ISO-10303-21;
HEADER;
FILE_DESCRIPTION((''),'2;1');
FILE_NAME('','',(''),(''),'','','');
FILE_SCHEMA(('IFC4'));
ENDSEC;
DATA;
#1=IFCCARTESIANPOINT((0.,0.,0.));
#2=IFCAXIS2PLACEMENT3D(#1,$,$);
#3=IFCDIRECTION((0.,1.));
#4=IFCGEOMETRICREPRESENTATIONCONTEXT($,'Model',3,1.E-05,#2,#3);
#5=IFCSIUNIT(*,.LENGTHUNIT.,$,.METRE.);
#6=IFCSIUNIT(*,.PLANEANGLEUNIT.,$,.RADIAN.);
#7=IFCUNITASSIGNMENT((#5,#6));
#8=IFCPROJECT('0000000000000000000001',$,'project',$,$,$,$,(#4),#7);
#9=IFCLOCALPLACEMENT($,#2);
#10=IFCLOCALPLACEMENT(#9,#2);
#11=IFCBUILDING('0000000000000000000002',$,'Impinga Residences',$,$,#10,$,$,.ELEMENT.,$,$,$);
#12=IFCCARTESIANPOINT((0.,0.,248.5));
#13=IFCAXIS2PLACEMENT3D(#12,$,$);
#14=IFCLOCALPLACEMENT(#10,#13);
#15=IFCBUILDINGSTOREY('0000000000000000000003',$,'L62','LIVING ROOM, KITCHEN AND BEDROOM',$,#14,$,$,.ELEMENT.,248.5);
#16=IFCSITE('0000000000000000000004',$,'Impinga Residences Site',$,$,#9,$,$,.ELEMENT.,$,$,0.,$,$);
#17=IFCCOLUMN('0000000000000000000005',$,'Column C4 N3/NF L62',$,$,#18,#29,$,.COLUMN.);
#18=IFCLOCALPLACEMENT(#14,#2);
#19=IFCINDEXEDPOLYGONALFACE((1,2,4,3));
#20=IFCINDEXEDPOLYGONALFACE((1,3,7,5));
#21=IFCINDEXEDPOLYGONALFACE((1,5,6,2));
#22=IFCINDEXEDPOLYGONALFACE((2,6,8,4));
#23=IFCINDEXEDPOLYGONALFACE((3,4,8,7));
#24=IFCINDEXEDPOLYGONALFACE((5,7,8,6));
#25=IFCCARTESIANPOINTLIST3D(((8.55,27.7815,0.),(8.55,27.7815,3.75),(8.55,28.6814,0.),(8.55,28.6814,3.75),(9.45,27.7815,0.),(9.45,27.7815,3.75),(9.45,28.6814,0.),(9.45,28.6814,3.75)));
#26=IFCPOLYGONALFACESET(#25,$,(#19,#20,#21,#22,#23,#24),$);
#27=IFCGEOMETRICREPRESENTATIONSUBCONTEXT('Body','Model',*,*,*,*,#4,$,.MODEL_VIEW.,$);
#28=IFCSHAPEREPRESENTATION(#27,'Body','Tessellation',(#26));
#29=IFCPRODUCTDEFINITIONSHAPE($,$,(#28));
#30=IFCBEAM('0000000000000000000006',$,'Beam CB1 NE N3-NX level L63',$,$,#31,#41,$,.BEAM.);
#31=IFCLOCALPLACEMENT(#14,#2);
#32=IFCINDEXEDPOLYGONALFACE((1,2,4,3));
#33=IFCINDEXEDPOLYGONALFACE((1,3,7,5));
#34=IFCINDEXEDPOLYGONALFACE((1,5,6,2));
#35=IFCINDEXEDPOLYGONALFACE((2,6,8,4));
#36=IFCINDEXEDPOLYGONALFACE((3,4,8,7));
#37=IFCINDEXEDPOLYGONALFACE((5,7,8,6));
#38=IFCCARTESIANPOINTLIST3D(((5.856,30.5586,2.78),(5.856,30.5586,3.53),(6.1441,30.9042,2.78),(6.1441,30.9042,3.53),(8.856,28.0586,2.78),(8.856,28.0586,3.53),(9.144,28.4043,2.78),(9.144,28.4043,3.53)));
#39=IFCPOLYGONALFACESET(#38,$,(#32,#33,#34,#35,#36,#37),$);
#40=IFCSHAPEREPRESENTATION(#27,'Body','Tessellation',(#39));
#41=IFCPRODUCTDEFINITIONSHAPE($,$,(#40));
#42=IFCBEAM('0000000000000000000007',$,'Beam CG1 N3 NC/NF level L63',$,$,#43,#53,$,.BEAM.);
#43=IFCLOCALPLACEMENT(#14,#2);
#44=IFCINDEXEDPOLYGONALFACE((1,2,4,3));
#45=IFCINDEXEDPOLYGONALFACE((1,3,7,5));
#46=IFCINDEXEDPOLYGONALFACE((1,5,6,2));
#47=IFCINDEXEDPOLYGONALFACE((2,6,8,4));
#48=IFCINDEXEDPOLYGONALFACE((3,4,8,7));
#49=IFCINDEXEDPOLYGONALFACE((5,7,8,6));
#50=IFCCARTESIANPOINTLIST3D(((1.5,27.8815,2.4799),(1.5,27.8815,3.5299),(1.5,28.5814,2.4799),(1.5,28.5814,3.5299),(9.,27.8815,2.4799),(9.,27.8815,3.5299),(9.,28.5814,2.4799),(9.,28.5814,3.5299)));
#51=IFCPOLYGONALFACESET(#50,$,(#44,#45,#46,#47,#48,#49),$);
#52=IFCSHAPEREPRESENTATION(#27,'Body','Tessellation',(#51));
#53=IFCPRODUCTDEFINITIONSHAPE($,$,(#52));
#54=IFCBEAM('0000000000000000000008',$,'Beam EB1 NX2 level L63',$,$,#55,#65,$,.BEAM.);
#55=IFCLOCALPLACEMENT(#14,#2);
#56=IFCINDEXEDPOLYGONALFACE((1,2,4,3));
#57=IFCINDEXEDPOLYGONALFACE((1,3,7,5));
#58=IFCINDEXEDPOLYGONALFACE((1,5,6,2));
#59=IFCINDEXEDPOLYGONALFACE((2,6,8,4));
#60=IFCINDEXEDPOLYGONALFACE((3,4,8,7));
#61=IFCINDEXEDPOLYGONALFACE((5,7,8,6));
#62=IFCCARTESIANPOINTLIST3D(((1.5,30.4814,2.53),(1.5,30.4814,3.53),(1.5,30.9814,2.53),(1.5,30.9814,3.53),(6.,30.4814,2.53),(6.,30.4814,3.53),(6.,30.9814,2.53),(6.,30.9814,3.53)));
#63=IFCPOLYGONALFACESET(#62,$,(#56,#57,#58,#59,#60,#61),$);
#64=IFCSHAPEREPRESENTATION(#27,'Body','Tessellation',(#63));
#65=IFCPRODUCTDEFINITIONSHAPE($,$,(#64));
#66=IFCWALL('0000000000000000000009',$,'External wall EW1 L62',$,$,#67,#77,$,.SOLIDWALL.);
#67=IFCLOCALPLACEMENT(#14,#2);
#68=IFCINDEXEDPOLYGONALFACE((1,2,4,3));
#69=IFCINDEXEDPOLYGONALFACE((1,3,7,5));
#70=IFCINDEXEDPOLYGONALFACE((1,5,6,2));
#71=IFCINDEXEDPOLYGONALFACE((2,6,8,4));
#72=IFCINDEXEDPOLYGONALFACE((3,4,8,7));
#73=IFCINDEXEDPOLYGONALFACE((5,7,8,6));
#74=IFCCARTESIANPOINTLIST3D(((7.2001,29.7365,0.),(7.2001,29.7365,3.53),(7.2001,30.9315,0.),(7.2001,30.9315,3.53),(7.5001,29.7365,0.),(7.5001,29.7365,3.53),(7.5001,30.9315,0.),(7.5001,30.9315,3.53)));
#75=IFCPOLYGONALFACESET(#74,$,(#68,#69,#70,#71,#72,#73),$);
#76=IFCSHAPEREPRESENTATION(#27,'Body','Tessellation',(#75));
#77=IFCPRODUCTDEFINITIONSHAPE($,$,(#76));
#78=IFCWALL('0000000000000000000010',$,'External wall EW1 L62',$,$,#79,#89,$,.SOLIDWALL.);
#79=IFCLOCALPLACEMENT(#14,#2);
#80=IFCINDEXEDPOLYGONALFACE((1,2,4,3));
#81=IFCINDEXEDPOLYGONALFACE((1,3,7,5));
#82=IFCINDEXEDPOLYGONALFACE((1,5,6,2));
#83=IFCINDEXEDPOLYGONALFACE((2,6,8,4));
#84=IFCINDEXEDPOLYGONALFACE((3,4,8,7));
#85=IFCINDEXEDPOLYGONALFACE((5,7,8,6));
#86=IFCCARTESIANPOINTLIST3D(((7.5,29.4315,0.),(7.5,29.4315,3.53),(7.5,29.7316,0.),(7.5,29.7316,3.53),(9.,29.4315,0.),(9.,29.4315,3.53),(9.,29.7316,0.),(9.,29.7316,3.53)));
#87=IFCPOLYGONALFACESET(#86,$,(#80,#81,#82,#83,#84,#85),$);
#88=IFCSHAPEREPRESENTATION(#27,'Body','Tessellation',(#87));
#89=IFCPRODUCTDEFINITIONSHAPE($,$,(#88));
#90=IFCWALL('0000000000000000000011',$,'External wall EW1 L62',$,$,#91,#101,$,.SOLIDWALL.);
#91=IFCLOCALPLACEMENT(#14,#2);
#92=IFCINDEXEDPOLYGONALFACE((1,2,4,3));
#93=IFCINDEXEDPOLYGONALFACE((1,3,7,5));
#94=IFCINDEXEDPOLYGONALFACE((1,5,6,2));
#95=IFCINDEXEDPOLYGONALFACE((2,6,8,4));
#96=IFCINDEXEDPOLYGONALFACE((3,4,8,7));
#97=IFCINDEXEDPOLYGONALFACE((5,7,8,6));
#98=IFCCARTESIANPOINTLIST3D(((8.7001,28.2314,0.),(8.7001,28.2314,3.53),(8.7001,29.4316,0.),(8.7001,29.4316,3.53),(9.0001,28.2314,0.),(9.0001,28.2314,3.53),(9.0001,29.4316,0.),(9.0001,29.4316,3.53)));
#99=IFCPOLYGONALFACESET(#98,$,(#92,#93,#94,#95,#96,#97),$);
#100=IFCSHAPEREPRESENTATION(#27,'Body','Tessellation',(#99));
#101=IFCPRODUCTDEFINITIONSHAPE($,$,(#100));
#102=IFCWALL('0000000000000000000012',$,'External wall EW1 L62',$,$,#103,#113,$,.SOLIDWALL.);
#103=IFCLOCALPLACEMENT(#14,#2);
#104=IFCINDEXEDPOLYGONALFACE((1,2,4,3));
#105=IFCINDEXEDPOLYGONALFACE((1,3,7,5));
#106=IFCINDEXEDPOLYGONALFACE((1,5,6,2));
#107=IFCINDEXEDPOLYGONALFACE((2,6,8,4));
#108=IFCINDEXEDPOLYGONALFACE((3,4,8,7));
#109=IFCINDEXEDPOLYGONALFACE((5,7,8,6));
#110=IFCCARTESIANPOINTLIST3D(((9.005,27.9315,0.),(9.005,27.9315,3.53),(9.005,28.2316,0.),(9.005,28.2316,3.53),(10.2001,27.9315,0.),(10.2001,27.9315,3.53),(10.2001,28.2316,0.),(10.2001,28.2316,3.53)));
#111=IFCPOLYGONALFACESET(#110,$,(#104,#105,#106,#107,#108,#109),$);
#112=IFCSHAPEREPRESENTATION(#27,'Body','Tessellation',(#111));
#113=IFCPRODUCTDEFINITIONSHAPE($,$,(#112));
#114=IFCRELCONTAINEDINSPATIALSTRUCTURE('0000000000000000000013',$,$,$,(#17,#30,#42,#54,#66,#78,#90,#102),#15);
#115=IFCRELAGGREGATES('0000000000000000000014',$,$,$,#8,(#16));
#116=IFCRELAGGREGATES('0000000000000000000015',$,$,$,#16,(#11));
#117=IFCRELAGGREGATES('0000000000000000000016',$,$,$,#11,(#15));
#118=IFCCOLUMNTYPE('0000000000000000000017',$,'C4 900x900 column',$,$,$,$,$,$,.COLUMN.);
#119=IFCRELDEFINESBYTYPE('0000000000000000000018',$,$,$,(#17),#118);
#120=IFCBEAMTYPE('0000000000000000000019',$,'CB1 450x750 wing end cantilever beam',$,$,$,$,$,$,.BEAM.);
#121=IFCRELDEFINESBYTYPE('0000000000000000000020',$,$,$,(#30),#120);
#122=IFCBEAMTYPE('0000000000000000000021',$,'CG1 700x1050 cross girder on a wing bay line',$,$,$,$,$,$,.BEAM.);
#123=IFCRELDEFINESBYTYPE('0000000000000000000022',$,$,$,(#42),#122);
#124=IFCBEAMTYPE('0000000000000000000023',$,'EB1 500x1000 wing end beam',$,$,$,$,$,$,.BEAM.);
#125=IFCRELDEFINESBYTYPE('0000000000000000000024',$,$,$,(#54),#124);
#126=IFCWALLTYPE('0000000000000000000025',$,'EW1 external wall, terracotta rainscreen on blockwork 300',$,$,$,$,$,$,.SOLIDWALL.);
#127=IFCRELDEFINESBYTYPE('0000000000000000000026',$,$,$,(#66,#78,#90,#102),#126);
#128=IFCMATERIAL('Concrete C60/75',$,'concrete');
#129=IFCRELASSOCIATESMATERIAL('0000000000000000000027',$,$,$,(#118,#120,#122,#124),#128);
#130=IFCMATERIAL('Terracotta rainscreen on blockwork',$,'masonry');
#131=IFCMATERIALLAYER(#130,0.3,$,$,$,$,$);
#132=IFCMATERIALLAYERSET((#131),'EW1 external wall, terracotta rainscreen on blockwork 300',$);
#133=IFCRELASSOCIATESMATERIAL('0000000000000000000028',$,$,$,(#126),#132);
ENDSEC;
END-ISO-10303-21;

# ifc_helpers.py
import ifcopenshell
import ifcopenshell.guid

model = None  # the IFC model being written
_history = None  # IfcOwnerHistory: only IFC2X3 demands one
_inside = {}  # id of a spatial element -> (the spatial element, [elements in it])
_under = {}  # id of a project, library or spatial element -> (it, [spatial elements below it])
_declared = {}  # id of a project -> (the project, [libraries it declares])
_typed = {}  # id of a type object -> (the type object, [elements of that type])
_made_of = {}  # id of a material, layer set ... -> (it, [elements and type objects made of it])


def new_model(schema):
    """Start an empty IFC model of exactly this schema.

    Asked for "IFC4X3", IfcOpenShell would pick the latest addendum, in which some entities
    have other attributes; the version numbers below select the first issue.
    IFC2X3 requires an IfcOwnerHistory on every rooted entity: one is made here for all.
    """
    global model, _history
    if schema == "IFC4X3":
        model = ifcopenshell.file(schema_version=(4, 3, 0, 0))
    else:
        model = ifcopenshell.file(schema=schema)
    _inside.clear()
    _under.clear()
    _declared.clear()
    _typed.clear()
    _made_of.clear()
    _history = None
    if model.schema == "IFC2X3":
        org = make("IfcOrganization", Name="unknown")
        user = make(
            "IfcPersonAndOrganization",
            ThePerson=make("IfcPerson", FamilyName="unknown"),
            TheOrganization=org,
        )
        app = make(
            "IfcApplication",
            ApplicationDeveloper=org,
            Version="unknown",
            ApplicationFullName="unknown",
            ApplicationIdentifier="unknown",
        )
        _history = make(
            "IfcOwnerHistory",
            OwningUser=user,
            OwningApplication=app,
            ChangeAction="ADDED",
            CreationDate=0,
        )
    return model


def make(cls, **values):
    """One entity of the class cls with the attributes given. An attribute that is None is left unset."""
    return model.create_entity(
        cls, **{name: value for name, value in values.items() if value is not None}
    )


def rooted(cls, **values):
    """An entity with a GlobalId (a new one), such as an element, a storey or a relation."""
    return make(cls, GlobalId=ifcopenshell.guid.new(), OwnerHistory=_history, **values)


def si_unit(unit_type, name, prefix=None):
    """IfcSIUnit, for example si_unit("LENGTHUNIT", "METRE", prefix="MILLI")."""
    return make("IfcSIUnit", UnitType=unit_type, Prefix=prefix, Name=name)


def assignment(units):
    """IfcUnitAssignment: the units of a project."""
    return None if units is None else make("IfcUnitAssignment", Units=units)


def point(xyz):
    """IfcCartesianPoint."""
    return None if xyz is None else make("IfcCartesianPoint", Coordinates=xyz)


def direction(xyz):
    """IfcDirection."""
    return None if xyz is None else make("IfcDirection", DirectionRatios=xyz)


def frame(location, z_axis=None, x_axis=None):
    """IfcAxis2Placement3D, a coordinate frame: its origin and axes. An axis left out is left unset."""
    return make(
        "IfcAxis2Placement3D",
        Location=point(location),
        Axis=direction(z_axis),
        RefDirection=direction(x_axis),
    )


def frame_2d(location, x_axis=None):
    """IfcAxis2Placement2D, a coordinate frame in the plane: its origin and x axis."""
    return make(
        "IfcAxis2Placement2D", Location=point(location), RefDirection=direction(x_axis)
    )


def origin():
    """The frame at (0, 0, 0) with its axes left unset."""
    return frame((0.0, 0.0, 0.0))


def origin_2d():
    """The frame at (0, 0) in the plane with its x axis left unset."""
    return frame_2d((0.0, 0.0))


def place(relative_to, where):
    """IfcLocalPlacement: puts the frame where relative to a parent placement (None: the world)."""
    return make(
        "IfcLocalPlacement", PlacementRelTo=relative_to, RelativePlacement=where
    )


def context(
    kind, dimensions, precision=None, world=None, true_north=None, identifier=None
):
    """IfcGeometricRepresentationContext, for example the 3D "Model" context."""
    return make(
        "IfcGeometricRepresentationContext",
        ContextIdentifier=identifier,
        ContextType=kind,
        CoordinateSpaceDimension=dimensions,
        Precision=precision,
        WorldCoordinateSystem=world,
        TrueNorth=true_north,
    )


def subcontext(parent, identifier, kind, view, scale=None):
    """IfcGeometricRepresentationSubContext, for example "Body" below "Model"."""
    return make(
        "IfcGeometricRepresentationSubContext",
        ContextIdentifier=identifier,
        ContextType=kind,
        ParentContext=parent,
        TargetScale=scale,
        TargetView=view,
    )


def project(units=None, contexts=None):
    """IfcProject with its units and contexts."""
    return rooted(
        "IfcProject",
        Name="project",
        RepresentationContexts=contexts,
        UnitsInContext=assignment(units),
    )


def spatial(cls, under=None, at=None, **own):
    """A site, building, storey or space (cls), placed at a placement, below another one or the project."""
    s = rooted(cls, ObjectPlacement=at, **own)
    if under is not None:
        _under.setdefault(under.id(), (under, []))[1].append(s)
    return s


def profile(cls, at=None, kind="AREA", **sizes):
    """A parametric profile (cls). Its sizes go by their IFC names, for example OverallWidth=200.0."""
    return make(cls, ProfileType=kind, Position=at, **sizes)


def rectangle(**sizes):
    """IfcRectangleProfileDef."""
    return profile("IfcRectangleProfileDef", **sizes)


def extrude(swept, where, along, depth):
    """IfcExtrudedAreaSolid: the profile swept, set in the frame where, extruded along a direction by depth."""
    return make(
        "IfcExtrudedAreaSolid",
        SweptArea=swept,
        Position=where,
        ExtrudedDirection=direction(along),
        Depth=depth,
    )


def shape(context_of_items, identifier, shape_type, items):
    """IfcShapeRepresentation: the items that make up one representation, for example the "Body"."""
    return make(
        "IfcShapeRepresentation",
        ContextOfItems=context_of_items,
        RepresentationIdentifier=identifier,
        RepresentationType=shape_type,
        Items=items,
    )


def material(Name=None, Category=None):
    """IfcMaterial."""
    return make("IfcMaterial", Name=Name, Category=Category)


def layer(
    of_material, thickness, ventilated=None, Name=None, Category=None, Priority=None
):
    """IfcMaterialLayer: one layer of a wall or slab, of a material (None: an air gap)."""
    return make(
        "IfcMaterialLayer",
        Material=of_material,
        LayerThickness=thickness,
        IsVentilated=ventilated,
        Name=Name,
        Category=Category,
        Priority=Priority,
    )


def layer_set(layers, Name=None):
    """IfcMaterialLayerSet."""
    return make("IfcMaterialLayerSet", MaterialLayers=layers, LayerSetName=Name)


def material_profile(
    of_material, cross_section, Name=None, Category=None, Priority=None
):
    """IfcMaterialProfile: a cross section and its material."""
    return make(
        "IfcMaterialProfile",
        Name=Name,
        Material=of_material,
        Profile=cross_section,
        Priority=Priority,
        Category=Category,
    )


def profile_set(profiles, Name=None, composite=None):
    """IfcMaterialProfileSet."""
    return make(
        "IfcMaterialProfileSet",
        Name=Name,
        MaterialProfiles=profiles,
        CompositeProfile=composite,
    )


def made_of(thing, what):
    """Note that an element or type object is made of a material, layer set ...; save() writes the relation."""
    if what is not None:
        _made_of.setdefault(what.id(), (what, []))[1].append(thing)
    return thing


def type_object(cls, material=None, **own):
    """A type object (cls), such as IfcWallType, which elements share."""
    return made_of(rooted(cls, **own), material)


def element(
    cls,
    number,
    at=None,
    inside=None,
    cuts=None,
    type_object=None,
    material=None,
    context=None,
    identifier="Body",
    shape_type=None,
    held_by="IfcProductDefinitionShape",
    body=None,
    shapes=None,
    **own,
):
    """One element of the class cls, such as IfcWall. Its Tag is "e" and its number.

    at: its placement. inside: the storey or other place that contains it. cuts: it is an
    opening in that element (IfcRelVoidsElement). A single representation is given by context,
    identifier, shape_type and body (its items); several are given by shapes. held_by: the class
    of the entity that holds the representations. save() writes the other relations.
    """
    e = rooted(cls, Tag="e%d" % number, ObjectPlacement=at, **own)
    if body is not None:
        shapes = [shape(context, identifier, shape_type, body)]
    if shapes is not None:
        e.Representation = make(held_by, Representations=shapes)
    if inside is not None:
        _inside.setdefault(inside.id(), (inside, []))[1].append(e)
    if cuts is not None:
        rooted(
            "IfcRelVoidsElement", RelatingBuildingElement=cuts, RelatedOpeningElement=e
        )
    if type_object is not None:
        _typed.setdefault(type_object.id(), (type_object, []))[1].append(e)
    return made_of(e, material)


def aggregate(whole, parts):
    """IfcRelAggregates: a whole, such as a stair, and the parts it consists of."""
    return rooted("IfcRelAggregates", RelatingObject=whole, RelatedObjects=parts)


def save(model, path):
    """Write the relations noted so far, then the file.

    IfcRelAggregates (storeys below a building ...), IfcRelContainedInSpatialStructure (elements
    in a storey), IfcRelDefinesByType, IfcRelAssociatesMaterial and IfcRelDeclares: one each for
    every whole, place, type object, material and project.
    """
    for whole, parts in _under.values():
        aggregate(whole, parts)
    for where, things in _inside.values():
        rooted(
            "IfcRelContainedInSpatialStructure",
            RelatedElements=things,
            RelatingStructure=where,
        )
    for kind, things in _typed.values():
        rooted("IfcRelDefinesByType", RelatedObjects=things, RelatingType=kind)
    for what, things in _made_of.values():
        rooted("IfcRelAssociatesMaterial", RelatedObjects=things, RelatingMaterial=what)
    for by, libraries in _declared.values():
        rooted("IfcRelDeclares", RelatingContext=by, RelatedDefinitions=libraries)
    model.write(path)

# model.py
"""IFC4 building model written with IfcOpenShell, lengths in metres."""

from ifc_helpers import new_model, si_unit, direction, frame, frame_2d, origin, origin_2d, place, context, subcontext, project, spatial, rectangle, extrude, material, layer, layer_set, material_profile, profile_set, type_object, element, save


model = new_model("IFC4")

# Units and contexts
model_context = context("Model", 3, precision=1e-05, world=origin(), true_north=direction((0.0, 1.0)))
body_context = subcontext(model_context, "Body", "Model", "MODEL_VIEW")
ifc_project = project(units=[si_unit("LENGTHUNIT", "METRE"), si_unit("PLANEANGLEUNIT", "RADIAN")], contexts=[model_context])

# Site, building, storey
site_placement = place(None, origin())
site = spatial("IfcSite", under=ifc_project, at=site_placement, Name="Impinga Residences Site", CompositionType="ELEMENT", RefElevation=0.0)
building_placement = place(site_placement, origin())
building = spatial("IfcBuilding", under=site, at=building_placement, Name="Impinga Residences", CompositionType="ELEMENT")
storey_placement = place(building_placement, frame((0.0, 0.0, 248.5)))
storey = spatial("IfcBuildingStorey", under=building, at=storey_placement, Name="L62", Description="LIVING ROOM, KITCHEN AND BEDROOM", CompositionType="ELEMENT", Elevation=248.5)

# Column
ifc_material_1 = material(Name="Concrete C60/75", Category="concrete")
ifc_material_profile_1 = material_profile(ifc_material_1, rectangle(XDim=0.8999, YDim=0.8999, at=origin_2d()), Name="RC 900x900")
ifc_profile_set_1 = profile_set([ifc_material_profile_1], Name="Concrete C60/75")
column_type = type_object("IfcColumnType", Name="C4 900x900 column", PredefinedType="COLUMN", material=ifc_profile_set_1)
column_placement = place(storey_placement, frame((9.0, 28.2314, 0.0), z_axis=(0.0, 0.0, 1.0), x_axis=(1.0, 0.0, 0.0)))
element("IfcColumn", 1, at=column_placement, inside=storey, type_object=column_type, Name="Column C4 N3/NF L62", PredefinedType="COLUMN", context=body_context, shape_type="SweptSolid", body=[
    extrude(rectangle(XDim=0.8999, YDim=0.8999, at=origin_2d()), origin(), (0.0, 0.0, 1.0), 3.75),
])

# Beams
ifc_material_profile_2 = material_profile(ifc_material_1, rectangle(XDim=0.45, YDim=0.75, at=origin_2d()), Name="RC 450x750")
ifc_profile_set_2 = profile_set([ifc_material_profile_2], Name="Concrete C60/75")
beam_type_1 = type_object("IfcBeamType", Name="CB1 450x750 wing end cantilever beam", PredefinedType="BEAM", material=ifc_profile_set_2)
beam_1_placement = place(storey_placement, frame((9.0, 28.2314, 3.155), z_axis=(-0.768221, 0.640184, 0.0), x_axis=(-0.640184, -0.768221, 0.0)))
element("IfcBeam", 2, at=beam_1_placement, inside=storey, type_object=beam_type_1, Name="Beam CB1 NE N3-NX level L63", PredefinedType="BEAM", context=body_context, shape_type="SweptSolid", body=[
    extrude(rectangle(XDim=0.45, YDim=0.75, at=origin_2d()), origin(), (0.0, 0.0, 1.0), 3.905),
])
ifc_material_profile_3 = material_profile(ifc_material_1, rectangle(XDim=0.7, YDim=1.05, at=origin_2d()), Name="RC 700x1050")
ifc_profile_set_3 = profile_set([ifc_material_profile_3], Name="Concrete C60/75")
beam_type_2 = type_object("IfcBeamType", Name="CG1 700x1050 cross girder on a wing bay line", PredefinedType="BEAM", material=ifc_profile_set_3)
beam_2_placement = place(storey_placement, frame((1.5, 28.2314, 3.0049), z_axis=(1.0, 0.0, 0.0), x_axis=(0.0, 1.0, 0.0)))
element("IfcBeam", 3, at=beam_2_placement, inside=storey, type_object=beam_type_2, Name="Beam CG1 N3 NC/NF level L63", PredefinedType="BEAM", context=body_context, shape_type="SweptSolid", body=[
    extrude(rectangle(XDim=0.7, YDim=1.05, at=origin_2d()), origin(), (0.0, 0.0, 1.0), 7.5),
])
ifc_material_profile_4 = material_profile(ifc_material_1, rectangle(XDim=0.5, YDim=1.0, at=origin_2d()), Name="RC 500x1000")
ifc_profile_set_4 = profile_set([ifc_material_profile_4], Name="Concrete C60/75")
beam_type_3 = type_object("IfcBeamType", Name="EB1 500x1000 wing end beam", PredefinedType="BEAM", material=ifc_profile_set_4)
beam_3_placement = place(storey_placement, frame((1.5, 30.7314, 3.03), z_axis=(1.0, 0.0, 0.0), x_axis=(0.0, 1.0, 0.0)))
element("IfcBeam", 4, at=beam_3_placement, inside=storey, type_object=beam_type_3, Name="Beam EB1 NX2 level L63", PredefinedType="BEAM", context=body_context, shape_type="SweptSolid", body=[
    extrude(rectangle(XDim=0.5, YDim=1.0, at=origin_2d()), origin(), (0.0, 0.0, 1.0), 4.5),
])

# Walls
ifc_material_2 = material(Name="Terracotta rainscreen on blockwork", Category="masonry")
ifc_layer_1 = layer(ifc_material_2, 0.3)
ifc_layer_set_1 = layer_set([ifc_layer_1], Name="EW1 external wall, terracotta rainscreen on blockwork 300")
wall_type_1 = type_object("IfcWallType", Name="EW1 external wall, terracotta rainscreen on blockwork 300", PredefinedType="SOLIDWALL", material=ifc_layer_set_1)
wall_1_placement = place(storey_placement, frame((7.3501, 30.9316, 0.0), z_axis=(0.0, 0.0, 1.0), x_axis=(0.0, -1.0, 0.0)))
element("IfcWall", 5, at=wall_1_placement, inside=storey, type_object=wall_type_1, Name="External wall EW1 L62", PredefinedType="SOLIDWALL", context=body_context, shape_type="SweptSolid", body=[
    extrude(rectangle(XDim=1.1951, YDim=0.3, at=frame_2d((0.5977, 0.0))), origin(), (0.0, 0.0, 1.0), 3.53),
])
wall_2_placement = place(storey_placement, frame((7.5, 29.5815, 0.0), z_axis=(0.0, 0.0, 1.0), x_axis=(1.0, 0.0, 0.0)))
element("IfcWall", 6, at=wall_2_placement, inside=storey, type_object=wall_type_1, Name="External wall EW1 L62", PredefinedType="SOLIDWALL", context=body_context, shape_type="SweptSolid", body=[
    extrude(rectangle(XDim=1.5, YDim=0.3, at=frame_2d((0.75, 0.0))), origin(), (0.0, 0.0, 1.0), 3.53),
])
wall_3_placement = place(storey_placement, frame((8.8501, 29.4316, 0.0), z_axis=(0.0, 0.0, 1.0), x_axis=(0.0, -1.0, 0.0)))
element("IfcWall", 7, at=wall_3_placement, inside=storey, type_object=wall_type_1, Name="External wall EW1 L62", PredefinedType="SOLIDWALL", context=body_context, shape_type="SweptSolid", body=[
    extrude(rectangle(XDim=1.2002, YDim=0.3, at=frame_2d((0.6001, 0.0))), origin(), (0.0, 0.0, 1.0), 3.53),
])
wall_4_placement = place(storey_placement, frame((9.0049, 28.0815, 0.0), z_axis=(0.0, 0.0, 1.0), x_axis=(1.0, 0.0, 0.0)))
element("IfcWall", 8, at=wall_4_placement, inside=storey, type_object=wall_type_1, Name="External wall EW1 L62", PredefinedType="SOLIDWALL", context=body_context, shape_type="SweptSolid", body=[
    extrude(rectangle(XDim=1.1951, YDim=0.3, at=frame_2d((0.5977, 0.0))), origin(), (0.0, 0.0, 1.0), 3.53),
])

save(model, "model.ifc")
